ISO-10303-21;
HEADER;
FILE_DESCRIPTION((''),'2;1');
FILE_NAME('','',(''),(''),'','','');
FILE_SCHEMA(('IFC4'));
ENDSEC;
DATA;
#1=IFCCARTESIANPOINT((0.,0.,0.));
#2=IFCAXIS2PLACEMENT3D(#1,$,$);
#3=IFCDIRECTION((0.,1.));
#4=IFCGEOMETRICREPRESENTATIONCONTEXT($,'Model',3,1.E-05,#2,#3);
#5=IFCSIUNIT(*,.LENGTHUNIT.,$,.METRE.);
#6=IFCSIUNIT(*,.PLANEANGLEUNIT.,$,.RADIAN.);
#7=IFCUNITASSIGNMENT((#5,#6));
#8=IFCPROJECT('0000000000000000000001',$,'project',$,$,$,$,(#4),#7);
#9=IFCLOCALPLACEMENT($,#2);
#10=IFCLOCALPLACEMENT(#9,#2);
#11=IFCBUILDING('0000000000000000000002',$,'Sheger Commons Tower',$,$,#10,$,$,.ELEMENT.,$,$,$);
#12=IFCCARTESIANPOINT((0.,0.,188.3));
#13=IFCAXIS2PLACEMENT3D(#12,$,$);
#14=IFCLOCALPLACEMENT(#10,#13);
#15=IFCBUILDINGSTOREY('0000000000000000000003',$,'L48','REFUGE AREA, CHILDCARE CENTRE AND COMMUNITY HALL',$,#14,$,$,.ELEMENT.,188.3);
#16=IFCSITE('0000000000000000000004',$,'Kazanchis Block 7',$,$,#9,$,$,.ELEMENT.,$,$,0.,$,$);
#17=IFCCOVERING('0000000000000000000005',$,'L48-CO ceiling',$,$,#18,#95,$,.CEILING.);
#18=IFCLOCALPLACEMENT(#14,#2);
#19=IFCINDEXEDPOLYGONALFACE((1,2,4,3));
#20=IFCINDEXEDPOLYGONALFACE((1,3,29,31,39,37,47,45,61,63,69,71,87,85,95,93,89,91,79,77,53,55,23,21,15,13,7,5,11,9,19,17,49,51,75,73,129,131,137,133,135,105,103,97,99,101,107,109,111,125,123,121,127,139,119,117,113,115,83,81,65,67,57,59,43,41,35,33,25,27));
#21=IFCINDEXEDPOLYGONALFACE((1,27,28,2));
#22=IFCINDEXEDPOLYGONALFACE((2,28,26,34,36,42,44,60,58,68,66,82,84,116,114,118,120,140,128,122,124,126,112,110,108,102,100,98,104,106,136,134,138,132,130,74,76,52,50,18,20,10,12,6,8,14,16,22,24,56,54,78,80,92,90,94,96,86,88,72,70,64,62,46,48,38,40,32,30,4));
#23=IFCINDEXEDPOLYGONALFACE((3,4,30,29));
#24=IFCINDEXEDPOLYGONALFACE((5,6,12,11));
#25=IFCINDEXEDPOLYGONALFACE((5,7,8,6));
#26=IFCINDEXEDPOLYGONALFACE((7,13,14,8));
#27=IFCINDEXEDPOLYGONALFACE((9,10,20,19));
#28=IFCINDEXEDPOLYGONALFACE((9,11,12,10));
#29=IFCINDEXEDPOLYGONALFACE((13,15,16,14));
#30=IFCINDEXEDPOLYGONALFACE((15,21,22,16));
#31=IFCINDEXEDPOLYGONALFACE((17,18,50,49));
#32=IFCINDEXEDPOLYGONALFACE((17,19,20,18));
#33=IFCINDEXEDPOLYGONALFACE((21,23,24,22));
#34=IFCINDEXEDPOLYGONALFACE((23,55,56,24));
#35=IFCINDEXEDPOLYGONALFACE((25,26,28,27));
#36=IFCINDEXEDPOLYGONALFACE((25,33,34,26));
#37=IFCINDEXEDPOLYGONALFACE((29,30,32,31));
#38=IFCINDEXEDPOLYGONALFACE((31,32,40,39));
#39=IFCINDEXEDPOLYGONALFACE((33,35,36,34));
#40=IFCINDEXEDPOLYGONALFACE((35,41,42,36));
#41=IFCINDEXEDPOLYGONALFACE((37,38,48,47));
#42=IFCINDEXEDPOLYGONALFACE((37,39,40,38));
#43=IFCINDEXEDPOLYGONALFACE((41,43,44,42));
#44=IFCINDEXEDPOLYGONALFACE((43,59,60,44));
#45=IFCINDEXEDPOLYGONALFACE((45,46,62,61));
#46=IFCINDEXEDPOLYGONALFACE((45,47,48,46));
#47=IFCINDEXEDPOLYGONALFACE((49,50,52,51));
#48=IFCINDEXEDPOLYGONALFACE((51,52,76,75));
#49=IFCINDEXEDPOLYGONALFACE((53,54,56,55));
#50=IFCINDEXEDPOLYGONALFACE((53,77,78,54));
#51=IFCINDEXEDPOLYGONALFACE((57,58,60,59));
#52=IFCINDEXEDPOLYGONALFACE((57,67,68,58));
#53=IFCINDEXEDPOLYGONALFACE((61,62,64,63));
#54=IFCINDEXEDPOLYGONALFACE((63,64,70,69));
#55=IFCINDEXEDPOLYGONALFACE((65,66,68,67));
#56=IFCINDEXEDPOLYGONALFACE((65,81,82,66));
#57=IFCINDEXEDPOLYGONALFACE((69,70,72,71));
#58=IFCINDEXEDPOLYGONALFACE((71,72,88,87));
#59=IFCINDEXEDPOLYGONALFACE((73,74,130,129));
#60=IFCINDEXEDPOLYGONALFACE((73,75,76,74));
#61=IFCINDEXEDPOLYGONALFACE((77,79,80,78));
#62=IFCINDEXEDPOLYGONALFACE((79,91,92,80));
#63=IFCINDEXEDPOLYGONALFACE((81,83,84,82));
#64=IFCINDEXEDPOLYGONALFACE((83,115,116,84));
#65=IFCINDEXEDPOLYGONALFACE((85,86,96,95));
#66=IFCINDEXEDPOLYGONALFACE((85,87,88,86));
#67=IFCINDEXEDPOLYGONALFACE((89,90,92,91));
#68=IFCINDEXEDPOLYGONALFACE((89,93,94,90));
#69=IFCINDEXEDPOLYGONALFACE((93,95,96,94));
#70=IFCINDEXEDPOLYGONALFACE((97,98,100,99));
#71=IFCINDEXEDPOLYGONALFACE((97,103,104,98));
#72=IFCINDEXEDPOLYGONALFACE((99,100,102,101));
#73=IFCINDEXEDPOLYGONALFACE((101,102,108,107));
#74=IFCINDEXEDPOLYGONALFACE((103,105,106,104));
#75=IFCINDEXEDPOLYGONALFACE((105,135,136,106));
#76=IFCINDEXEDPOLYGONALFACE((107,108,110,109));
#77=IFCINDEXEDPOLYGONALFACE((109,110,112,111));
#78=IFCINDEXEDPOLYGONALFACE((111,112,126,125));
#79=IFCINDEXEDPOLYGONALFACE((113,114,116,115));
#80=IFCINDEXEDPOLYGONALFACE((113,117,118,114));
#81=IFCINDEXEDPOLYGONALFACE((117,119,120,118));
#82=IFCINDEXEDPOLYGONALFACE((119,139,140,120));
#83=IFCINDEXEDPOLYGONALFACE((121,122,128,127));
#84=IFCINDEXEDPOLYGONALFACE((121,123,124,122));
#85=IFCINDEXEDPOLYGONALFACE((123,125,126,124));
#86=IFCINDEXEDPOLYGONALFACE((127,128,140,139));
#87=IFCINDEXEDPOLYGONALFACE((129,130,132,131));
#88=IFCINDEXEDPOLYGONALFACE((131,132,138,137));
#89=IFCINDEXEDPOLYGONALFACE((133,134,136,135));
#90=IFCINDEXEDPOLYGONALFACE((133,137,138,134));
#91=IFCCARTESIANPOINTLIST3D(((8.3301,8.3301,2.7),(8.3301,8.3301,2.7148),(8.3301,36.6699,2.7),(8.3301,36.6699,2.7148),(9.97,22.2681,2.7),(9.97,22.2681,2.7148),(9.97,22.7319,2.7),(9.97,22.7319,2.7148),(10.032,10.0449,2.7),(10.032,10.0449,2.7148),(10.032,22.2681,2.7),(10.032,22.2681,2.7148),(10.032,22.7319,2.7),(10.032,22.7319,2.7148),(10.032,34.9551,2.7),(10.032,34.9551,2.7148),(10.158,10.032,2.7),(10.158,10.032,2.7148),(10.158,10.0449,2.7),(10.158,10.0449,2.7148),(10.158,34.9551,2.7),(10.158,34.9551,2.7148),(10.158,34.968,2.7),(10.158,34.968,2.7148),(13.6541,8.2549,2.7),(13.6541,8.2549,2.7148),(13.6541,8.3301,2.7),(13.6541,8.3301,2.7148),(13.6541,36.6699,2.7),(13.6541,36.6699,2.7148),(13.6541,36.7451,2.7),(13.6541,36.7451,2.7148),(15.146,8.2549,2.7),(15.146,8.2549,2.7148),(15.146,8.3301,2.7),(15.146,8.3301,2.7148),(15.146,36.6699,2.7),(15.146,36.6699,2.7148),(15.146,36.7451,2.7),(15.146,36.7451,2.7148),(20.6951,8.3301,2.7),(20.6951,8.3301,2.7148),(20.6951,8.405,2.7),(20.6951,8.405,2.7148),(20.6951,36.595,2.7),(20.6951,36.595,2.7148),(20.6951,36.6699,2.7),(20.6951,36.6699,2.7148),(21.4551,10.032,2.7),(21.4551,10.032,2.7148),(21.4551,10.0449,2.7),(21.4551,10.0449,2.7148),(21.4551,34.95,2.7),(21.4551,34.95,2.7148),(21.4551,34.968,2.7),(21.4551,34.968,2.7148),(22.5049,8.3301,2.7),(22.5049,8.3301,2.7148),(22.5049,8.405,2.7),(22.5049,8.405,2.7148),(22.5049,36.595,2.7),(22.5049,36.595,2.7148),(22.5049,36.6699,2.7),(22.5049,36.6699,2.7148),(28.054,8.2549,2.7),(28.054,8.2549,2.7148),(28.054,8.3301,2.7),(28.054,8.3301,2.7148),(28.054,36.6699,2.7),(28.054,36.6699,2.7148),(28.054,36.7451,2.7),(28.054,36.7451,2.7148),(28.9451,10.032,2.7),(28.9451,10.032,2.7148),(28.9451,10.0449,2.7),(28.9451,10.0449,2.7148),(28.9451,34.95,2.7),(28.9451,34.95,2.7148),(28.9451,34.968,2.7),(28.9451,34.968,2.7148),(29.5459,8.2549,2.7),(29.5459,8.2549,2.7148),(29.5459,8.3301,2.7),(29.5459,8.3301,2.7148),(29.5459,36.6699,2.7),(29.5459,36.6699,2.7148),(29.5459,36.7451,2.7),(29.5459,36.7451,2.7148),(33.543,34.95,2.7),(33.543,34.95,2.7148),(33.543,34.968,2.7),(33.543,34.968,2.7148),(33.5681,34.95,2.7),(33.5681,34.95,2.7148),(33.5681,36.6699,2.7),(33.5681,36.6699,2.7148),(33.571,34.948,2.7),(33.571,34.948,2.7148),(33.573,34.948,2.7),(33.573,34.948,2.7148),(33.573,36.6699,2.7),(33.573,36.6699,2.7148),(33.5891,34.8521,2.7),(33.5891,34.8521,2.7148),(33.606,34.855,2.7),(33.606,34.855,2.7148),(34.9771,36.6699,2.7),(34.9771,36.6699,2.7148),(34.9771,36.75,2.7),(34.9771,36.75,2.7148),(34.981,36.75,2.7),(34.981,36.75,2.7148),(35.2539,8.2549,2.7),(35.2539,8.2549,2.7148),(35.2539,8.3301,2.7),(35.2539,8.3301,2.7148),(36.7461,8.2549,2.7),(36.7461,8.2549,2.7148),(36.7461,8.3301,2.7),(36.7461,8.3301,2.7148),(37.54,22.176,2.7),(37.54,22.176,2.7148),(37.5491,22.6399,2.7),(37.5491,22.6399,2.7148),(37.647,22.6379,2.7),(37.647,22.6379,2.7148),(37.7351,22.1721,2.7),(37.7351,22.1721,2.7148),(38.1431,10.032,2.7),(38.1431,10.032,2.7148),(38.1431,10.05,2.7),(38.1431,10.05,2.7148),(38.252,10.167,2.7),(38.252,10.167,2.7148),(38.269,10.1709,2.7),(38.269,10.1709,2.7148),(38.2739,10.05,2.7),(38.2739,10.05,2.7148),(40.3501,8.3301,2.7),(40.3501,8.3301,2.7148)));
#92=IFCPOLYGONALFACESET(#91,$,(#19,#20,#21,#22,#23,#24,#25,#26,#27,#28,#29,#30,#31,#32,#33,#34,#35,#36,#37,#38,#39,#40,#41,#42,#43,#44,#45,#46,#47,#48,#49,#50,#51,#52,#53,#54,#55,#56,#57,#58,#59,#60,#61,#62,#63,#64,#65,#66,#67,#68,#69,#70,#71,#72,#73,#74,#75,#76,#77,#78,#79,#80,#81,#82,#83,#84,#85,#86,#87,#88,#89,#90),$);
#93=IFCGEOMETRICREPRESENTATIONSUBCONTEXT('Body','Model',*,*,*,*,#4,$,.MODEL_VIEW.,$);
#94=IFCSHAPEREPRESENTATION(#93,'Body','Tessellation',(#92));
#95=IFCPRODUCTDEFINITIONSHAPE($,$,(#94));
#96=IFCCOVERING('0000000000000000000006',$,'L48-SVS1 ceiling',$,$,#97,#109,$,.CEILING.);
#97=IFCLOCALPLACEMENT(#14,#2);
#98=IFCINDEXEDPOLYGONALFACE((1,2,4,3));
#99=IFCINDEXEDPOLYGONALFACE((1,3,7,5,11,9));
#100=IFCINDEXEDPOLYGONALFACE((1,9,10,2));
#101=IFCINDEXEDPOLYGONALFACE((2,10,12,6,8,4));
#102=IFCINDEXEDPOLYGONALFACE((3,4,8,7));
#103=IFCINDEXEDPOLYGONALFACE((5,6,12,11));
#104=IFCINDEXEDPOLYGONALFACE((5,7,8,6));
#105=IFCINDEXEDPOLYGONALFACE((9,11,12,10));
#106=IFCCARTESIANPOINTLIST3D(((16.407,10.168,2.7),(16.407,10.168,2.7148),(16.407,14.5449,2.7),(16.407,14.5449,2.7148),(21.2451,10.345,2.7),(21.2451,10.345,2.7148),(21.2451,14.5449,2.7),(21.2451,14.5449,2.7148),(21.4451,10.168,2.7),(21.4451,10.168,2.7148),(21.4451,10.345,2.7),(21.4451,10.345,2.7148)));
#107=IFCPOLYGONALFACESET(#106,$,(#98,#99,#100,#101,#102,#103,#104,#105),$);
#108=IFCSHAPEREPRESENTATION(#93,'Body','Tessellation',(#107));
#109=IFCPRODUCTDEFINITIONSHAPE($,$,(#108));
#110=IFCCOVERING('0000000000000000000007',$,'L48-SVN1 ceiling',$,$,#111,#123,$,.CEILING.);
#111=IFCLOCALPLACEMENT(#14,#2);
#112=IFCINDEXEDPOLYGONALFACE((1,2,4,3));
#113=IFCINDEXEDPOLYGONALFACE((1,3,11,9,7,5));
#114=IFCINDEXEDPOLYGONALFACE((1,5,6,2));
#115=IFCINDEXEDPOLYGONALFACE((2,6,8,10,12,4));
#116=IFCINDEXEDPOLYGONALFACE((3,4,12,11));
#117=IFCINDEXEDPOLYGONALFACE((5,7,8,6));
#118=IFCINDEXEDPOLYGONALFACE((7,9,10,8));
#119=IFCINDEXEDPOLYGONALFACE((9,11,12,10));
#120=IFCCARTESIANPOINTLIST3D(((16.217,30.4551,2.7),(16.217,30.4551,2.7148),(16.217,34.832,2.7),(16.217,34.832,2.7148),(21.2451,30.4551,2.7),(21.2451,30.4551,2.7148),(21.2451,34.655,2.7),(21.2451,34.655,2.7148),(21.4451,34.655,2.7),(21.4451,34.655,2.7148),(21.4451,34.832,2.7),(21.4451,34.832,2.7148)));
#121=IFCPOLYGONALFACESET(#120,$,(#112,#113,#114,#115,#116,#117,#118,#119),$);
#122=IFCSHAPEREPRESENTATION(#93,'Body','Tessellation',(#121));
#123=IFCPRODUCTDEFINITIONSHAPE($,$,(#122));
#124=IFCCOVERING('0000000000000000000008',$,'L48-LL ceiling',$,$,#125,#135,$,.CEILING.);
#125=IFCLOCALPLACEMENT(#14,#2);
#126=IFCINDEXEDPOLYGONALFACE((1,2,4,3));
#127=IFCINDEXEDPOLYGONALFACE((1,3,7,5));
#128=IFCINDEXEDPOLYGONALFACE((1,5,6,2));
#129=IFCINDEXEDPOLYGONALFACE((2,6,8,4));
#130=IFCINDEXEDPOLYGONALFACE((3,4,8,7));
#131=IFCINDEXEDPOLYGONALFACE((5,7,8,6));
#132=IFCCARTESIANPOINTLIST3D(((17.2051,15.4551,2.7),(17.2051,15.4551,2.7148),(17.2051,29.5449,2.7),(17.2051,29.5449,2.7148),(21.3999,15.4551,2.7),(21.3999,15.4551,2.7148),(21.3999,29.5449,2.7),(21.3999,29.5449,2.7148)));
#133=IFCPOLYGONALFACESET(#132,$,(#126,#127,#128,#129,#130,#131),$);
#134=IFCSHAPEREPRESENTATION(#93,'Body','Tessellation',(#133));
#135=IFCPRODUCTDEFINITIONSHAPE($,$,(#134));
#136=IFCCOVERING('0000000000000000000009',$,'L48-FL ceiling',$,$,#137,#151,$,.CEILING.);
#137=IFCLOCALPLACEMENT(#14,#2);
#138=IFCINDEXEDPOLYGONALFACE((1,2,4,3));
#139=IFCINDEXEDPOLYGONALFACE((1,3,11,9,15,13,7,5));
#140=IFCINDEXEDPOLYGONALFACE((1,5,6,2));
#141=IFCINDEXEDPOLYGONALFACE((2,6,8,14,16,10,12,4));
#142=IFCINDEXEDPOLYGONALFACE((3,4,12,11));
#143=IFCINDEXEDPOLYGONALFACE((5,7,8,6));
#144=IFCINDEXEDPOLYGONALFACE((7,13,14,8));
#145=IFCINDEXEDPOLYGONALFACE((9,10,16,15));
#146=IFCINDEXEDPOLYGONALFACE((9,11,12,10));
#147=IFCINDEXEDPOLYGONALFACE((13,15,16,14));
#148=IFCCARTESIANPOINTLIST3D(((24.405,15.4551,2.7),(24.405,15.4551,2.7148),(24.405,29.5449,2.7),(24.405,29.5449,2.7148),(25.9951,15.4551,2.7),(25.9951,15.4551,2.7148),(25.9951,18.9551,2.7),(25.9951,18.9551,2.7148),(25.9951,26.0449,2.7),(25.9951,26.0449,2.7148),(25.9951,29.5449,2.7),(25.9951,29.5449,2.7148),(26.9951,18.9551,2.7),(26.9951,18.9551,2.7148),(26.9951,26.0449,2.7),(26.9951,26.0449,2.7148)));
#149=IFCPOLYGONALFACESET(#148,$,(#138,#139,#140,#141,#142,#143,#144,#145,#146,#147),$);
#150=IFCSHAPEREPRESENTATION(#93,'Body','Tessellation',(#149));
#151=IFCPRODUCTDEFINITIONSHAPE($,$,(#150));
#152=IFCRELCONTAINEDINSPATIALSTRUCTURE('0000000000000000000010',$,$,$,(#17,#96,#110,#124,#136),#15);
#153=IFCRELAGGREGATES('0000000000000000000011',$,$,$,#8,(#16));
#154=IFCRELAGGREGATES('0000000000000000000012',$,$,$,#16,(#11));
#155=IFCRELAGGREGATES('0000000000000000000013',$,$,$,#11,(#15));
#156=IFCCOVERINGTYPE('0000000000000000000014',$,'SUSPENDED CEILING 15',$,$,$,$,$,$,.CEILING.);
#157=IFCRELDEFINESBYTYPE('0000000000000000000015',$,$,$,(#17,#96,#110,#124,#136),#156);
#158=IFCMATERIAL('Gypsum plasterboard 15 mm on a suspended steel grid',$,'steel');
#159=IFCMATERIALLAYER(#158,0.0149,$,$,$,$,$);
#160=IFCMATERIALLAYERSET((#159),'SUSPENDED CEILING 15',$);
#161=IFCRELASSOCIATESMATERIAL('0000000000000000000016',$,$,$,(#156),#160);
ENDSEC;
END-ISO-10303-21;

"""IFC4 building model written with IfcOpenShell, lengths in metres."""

from ifc_helpers import new_model, si_unit, direction, frame, origin, place, context, subcontext, project, spatial, polyline, outline, extrude, material, layer, layer_set, type_object, element, save


model = new_model("IFC4")

# Units and contexts
model_context = context("Model", 3, precision=1e-05, world=origin(), true_north=direction((0.0, 1.0)))
body_context = subcontext(model_context, "Body", "Model", "MODEL_VIEW")
ifc_project = project(units=[si_unit("LENGTHUNIT", "METRE"), si_unit("PLANEANGLEUNIT", "RADIAN")], contexts=[model_context])

# Site, building, storey
site_placement = place(None, origin())
site = spatial("IfcSite", under=ifc_project, at=site_placement, Name="Kazanchis Block 7", CompositionType="ELEMENT", RefElevation=0.0)
building_placement = place(site_placement, origin())
building = spatial("IfcBuilding", under=site, at=building_placement, Name="Sheger Commons Tower", CompositionType="ELEMENT")
storey_placement = place(building_placement, frame((0.0, 0.0, 188.3)))
storey = spatial("IfcBuildingStorey", under=building, at=storey_placement, Name="L48", Description="REFUGE AREA, CHILDCARE CENTRE AND COMMUNITY HALL", CompositionType="ELEMENT", Elevation=188.3)

# Coverings
ifc_material_1 = material(Name="Gypsum plasterboard 15 mm on a suspended steel grid", Category="steel")
ifc_layer_1 = layer(ifc_material_1, 0.0149)
ifc_layer_set_1 = layer_set([ifc_layer_1], Name="SUSPENDED CEILING 15")
covering_type_1 = type_object("IfcCoveringType", Name="SUSPENDED CEILING 15", PredefinedType="CEILING", material=ifc_layer_set_1)
covering_1_placement = place(storey_placement, frame((0.0, 0.0, 2.7)))
element("IfcCovering", 1, at=covering_1_placement, inside=storey, type_object=covering_type_1, Name="L48-CO ceiling", PredefinedType="CEILING", context=body_context, shape_type="SweptSolid", body=[
    extrude(outline(polyline([(13.6541, 8.2549), (15.146, 8.2549), (15.146, 8.3301), (20.6951, 8.3301), (20.6951, 8.405), (22.5049, 8.405), (22.5049, 8.3301), (28.054, 8.3301), (28.054, 8.2549), (29.5459, 8.2549), (29.5459, 8.3301), (35.2539, 8.3301), (35.2539, 8.2549), (36.7461, 8.2549), (36.7461, 8.3301), (40.3501, 8.3301), (37.7351, 22.1721), (37.54, 22.176), (37.5491, 22.6399), (37.647, 22.6379), (34.981, 36.75), (34.9771, 36.75), (34.9771, 36.6699), (33.573, 36.6699), (33.573, 34.948), (33.571, 34.948), (33.5891, 34.8521), (33.606, 34.855), (38.269, 10.1709), (38.252, 10.167), (38.2739, 10.05), (38.1431, 10.05), (38.1431, 10.032), (28.9451, 10.032), (28.9451, 10.0449), (21.4551, 10.0449), (21.4551, 10.032), (10.158, 10.032), (10.158, 10.0449), (10.032, 10.0449), (10.032, 22.2681), (9.97, 22.2681), (9.97, 22.7319), (10.032, 22.7319), (10.032, 34.9551), (10.158, 34.9551), (10.158, 34.968), (21.4551, 34.968), (21.4551, 34.95), (28.9451, 34.95), (28.9451, 34.968), (33.543, 34.968), (33.543, 34.95), (33.5681, 34.95), (33.5681, 36.6699), (29.5459, 36.6699), (29.5459, 36.7451), (28.054, 36.7451), (28.054, 36.6699), (22.5049, 36.6699), (22.5049, 36.595), (20.6951, 36.595), (20.6951, 36.6699), (15.146, 36.6699), (15.146, 36.7451), (13.6541, 36.7451), (13.6541, 36.6699), (8.3301, 36.6699), (8.3301, 8.3301), (13.6541, 8.3301), (13.6541, 8.2549)])), origin(), (0.0, 0.0, 1.0), 0.0149),
])
covering_2_placement = place(storey_placement, frame((0.0, 0.0, 2.7)))
element("IfcCovering", 2, at=covering_2_placement, inside=storey, type_object=covering_type_1, Name="L48-SVS1 ceiling", PredefinedType="CEILING", context=body_context, shape_type="SweptSolid", body=[
    extrude(outline(polyline([(16.407, 10.168), (21.4451, 10.168), (21.4451, 10.345), (21.2451, 10.345), (21.2451, 14.5449), (16.407, 14.5449), (16.407, 10.168)])), origin(), (0.0, 0.0, 1.0), 0.0149),
])
covering_3_placement = place(storey_placement, frame((0.0, 0.0, 2.7)))
element("IfcCovering", 3, at=covering_3_placement, inside=storey, type_object=covering_type_1, Name="L48-SVN1 ceiling", PredefinedType="CEILING", context=body_context, shape_type="SweptSolid", body=[
    extrude(outline(polyline([(16.217, 30.4551), (21.2451, 30.4551), (21.2451, 34.655), (21.4451, 34.655), (21.4451, 34.832), (16.217, 34.832), (16.217, 30.4551)])), origin(), (0.0, 0.0, 1.0), 0.0149),
])
covering_4_placement = place(storey_placement, frame((0.0, 0.0, 2.7)))
element("IfcCovering", 4, at=covering_4_placement, inside=storey, type_object=covering_type_1, Name="L48-LL ceiling", PredefinedType="CEILING", context=body_context, shape_type="SweptSolid", body=[
    extrude(outline(polyline([(17.2051, 15.4551), (21.3999, 15.4551), (21.3999, 29.5449), (17.2051, 29.5449), (17.2051, 15.4551)])), origin(), (0.0, 0.0, 1.0), 0.0149),
])
covering_5_placement = place(storey_placement, frame((0.0, 0.0, 2.7)))
element("IfcCovering", 5, at=covering_5_placement, inside=storey, type_object=covering_type_1, Name="L48-FL ceiling", PredefinedType="CEILING", context=body_context, shape_type="SweptSolid", body=[
    extrude(outline(polyline([(24.405, 15.4551), (25.9951, 15.4551), (25.9951, 18.9551), (26.9951, 18.9551), (26.9951, 26.0449), (25.9951, 26.0449), (25.9951, 29.5449), (24.405, 29.5449), (24.405, 15.4551)])), origin(), (0.0, 0.0, 1.0), 0.0149),
])

save(model, "model.ifc")
